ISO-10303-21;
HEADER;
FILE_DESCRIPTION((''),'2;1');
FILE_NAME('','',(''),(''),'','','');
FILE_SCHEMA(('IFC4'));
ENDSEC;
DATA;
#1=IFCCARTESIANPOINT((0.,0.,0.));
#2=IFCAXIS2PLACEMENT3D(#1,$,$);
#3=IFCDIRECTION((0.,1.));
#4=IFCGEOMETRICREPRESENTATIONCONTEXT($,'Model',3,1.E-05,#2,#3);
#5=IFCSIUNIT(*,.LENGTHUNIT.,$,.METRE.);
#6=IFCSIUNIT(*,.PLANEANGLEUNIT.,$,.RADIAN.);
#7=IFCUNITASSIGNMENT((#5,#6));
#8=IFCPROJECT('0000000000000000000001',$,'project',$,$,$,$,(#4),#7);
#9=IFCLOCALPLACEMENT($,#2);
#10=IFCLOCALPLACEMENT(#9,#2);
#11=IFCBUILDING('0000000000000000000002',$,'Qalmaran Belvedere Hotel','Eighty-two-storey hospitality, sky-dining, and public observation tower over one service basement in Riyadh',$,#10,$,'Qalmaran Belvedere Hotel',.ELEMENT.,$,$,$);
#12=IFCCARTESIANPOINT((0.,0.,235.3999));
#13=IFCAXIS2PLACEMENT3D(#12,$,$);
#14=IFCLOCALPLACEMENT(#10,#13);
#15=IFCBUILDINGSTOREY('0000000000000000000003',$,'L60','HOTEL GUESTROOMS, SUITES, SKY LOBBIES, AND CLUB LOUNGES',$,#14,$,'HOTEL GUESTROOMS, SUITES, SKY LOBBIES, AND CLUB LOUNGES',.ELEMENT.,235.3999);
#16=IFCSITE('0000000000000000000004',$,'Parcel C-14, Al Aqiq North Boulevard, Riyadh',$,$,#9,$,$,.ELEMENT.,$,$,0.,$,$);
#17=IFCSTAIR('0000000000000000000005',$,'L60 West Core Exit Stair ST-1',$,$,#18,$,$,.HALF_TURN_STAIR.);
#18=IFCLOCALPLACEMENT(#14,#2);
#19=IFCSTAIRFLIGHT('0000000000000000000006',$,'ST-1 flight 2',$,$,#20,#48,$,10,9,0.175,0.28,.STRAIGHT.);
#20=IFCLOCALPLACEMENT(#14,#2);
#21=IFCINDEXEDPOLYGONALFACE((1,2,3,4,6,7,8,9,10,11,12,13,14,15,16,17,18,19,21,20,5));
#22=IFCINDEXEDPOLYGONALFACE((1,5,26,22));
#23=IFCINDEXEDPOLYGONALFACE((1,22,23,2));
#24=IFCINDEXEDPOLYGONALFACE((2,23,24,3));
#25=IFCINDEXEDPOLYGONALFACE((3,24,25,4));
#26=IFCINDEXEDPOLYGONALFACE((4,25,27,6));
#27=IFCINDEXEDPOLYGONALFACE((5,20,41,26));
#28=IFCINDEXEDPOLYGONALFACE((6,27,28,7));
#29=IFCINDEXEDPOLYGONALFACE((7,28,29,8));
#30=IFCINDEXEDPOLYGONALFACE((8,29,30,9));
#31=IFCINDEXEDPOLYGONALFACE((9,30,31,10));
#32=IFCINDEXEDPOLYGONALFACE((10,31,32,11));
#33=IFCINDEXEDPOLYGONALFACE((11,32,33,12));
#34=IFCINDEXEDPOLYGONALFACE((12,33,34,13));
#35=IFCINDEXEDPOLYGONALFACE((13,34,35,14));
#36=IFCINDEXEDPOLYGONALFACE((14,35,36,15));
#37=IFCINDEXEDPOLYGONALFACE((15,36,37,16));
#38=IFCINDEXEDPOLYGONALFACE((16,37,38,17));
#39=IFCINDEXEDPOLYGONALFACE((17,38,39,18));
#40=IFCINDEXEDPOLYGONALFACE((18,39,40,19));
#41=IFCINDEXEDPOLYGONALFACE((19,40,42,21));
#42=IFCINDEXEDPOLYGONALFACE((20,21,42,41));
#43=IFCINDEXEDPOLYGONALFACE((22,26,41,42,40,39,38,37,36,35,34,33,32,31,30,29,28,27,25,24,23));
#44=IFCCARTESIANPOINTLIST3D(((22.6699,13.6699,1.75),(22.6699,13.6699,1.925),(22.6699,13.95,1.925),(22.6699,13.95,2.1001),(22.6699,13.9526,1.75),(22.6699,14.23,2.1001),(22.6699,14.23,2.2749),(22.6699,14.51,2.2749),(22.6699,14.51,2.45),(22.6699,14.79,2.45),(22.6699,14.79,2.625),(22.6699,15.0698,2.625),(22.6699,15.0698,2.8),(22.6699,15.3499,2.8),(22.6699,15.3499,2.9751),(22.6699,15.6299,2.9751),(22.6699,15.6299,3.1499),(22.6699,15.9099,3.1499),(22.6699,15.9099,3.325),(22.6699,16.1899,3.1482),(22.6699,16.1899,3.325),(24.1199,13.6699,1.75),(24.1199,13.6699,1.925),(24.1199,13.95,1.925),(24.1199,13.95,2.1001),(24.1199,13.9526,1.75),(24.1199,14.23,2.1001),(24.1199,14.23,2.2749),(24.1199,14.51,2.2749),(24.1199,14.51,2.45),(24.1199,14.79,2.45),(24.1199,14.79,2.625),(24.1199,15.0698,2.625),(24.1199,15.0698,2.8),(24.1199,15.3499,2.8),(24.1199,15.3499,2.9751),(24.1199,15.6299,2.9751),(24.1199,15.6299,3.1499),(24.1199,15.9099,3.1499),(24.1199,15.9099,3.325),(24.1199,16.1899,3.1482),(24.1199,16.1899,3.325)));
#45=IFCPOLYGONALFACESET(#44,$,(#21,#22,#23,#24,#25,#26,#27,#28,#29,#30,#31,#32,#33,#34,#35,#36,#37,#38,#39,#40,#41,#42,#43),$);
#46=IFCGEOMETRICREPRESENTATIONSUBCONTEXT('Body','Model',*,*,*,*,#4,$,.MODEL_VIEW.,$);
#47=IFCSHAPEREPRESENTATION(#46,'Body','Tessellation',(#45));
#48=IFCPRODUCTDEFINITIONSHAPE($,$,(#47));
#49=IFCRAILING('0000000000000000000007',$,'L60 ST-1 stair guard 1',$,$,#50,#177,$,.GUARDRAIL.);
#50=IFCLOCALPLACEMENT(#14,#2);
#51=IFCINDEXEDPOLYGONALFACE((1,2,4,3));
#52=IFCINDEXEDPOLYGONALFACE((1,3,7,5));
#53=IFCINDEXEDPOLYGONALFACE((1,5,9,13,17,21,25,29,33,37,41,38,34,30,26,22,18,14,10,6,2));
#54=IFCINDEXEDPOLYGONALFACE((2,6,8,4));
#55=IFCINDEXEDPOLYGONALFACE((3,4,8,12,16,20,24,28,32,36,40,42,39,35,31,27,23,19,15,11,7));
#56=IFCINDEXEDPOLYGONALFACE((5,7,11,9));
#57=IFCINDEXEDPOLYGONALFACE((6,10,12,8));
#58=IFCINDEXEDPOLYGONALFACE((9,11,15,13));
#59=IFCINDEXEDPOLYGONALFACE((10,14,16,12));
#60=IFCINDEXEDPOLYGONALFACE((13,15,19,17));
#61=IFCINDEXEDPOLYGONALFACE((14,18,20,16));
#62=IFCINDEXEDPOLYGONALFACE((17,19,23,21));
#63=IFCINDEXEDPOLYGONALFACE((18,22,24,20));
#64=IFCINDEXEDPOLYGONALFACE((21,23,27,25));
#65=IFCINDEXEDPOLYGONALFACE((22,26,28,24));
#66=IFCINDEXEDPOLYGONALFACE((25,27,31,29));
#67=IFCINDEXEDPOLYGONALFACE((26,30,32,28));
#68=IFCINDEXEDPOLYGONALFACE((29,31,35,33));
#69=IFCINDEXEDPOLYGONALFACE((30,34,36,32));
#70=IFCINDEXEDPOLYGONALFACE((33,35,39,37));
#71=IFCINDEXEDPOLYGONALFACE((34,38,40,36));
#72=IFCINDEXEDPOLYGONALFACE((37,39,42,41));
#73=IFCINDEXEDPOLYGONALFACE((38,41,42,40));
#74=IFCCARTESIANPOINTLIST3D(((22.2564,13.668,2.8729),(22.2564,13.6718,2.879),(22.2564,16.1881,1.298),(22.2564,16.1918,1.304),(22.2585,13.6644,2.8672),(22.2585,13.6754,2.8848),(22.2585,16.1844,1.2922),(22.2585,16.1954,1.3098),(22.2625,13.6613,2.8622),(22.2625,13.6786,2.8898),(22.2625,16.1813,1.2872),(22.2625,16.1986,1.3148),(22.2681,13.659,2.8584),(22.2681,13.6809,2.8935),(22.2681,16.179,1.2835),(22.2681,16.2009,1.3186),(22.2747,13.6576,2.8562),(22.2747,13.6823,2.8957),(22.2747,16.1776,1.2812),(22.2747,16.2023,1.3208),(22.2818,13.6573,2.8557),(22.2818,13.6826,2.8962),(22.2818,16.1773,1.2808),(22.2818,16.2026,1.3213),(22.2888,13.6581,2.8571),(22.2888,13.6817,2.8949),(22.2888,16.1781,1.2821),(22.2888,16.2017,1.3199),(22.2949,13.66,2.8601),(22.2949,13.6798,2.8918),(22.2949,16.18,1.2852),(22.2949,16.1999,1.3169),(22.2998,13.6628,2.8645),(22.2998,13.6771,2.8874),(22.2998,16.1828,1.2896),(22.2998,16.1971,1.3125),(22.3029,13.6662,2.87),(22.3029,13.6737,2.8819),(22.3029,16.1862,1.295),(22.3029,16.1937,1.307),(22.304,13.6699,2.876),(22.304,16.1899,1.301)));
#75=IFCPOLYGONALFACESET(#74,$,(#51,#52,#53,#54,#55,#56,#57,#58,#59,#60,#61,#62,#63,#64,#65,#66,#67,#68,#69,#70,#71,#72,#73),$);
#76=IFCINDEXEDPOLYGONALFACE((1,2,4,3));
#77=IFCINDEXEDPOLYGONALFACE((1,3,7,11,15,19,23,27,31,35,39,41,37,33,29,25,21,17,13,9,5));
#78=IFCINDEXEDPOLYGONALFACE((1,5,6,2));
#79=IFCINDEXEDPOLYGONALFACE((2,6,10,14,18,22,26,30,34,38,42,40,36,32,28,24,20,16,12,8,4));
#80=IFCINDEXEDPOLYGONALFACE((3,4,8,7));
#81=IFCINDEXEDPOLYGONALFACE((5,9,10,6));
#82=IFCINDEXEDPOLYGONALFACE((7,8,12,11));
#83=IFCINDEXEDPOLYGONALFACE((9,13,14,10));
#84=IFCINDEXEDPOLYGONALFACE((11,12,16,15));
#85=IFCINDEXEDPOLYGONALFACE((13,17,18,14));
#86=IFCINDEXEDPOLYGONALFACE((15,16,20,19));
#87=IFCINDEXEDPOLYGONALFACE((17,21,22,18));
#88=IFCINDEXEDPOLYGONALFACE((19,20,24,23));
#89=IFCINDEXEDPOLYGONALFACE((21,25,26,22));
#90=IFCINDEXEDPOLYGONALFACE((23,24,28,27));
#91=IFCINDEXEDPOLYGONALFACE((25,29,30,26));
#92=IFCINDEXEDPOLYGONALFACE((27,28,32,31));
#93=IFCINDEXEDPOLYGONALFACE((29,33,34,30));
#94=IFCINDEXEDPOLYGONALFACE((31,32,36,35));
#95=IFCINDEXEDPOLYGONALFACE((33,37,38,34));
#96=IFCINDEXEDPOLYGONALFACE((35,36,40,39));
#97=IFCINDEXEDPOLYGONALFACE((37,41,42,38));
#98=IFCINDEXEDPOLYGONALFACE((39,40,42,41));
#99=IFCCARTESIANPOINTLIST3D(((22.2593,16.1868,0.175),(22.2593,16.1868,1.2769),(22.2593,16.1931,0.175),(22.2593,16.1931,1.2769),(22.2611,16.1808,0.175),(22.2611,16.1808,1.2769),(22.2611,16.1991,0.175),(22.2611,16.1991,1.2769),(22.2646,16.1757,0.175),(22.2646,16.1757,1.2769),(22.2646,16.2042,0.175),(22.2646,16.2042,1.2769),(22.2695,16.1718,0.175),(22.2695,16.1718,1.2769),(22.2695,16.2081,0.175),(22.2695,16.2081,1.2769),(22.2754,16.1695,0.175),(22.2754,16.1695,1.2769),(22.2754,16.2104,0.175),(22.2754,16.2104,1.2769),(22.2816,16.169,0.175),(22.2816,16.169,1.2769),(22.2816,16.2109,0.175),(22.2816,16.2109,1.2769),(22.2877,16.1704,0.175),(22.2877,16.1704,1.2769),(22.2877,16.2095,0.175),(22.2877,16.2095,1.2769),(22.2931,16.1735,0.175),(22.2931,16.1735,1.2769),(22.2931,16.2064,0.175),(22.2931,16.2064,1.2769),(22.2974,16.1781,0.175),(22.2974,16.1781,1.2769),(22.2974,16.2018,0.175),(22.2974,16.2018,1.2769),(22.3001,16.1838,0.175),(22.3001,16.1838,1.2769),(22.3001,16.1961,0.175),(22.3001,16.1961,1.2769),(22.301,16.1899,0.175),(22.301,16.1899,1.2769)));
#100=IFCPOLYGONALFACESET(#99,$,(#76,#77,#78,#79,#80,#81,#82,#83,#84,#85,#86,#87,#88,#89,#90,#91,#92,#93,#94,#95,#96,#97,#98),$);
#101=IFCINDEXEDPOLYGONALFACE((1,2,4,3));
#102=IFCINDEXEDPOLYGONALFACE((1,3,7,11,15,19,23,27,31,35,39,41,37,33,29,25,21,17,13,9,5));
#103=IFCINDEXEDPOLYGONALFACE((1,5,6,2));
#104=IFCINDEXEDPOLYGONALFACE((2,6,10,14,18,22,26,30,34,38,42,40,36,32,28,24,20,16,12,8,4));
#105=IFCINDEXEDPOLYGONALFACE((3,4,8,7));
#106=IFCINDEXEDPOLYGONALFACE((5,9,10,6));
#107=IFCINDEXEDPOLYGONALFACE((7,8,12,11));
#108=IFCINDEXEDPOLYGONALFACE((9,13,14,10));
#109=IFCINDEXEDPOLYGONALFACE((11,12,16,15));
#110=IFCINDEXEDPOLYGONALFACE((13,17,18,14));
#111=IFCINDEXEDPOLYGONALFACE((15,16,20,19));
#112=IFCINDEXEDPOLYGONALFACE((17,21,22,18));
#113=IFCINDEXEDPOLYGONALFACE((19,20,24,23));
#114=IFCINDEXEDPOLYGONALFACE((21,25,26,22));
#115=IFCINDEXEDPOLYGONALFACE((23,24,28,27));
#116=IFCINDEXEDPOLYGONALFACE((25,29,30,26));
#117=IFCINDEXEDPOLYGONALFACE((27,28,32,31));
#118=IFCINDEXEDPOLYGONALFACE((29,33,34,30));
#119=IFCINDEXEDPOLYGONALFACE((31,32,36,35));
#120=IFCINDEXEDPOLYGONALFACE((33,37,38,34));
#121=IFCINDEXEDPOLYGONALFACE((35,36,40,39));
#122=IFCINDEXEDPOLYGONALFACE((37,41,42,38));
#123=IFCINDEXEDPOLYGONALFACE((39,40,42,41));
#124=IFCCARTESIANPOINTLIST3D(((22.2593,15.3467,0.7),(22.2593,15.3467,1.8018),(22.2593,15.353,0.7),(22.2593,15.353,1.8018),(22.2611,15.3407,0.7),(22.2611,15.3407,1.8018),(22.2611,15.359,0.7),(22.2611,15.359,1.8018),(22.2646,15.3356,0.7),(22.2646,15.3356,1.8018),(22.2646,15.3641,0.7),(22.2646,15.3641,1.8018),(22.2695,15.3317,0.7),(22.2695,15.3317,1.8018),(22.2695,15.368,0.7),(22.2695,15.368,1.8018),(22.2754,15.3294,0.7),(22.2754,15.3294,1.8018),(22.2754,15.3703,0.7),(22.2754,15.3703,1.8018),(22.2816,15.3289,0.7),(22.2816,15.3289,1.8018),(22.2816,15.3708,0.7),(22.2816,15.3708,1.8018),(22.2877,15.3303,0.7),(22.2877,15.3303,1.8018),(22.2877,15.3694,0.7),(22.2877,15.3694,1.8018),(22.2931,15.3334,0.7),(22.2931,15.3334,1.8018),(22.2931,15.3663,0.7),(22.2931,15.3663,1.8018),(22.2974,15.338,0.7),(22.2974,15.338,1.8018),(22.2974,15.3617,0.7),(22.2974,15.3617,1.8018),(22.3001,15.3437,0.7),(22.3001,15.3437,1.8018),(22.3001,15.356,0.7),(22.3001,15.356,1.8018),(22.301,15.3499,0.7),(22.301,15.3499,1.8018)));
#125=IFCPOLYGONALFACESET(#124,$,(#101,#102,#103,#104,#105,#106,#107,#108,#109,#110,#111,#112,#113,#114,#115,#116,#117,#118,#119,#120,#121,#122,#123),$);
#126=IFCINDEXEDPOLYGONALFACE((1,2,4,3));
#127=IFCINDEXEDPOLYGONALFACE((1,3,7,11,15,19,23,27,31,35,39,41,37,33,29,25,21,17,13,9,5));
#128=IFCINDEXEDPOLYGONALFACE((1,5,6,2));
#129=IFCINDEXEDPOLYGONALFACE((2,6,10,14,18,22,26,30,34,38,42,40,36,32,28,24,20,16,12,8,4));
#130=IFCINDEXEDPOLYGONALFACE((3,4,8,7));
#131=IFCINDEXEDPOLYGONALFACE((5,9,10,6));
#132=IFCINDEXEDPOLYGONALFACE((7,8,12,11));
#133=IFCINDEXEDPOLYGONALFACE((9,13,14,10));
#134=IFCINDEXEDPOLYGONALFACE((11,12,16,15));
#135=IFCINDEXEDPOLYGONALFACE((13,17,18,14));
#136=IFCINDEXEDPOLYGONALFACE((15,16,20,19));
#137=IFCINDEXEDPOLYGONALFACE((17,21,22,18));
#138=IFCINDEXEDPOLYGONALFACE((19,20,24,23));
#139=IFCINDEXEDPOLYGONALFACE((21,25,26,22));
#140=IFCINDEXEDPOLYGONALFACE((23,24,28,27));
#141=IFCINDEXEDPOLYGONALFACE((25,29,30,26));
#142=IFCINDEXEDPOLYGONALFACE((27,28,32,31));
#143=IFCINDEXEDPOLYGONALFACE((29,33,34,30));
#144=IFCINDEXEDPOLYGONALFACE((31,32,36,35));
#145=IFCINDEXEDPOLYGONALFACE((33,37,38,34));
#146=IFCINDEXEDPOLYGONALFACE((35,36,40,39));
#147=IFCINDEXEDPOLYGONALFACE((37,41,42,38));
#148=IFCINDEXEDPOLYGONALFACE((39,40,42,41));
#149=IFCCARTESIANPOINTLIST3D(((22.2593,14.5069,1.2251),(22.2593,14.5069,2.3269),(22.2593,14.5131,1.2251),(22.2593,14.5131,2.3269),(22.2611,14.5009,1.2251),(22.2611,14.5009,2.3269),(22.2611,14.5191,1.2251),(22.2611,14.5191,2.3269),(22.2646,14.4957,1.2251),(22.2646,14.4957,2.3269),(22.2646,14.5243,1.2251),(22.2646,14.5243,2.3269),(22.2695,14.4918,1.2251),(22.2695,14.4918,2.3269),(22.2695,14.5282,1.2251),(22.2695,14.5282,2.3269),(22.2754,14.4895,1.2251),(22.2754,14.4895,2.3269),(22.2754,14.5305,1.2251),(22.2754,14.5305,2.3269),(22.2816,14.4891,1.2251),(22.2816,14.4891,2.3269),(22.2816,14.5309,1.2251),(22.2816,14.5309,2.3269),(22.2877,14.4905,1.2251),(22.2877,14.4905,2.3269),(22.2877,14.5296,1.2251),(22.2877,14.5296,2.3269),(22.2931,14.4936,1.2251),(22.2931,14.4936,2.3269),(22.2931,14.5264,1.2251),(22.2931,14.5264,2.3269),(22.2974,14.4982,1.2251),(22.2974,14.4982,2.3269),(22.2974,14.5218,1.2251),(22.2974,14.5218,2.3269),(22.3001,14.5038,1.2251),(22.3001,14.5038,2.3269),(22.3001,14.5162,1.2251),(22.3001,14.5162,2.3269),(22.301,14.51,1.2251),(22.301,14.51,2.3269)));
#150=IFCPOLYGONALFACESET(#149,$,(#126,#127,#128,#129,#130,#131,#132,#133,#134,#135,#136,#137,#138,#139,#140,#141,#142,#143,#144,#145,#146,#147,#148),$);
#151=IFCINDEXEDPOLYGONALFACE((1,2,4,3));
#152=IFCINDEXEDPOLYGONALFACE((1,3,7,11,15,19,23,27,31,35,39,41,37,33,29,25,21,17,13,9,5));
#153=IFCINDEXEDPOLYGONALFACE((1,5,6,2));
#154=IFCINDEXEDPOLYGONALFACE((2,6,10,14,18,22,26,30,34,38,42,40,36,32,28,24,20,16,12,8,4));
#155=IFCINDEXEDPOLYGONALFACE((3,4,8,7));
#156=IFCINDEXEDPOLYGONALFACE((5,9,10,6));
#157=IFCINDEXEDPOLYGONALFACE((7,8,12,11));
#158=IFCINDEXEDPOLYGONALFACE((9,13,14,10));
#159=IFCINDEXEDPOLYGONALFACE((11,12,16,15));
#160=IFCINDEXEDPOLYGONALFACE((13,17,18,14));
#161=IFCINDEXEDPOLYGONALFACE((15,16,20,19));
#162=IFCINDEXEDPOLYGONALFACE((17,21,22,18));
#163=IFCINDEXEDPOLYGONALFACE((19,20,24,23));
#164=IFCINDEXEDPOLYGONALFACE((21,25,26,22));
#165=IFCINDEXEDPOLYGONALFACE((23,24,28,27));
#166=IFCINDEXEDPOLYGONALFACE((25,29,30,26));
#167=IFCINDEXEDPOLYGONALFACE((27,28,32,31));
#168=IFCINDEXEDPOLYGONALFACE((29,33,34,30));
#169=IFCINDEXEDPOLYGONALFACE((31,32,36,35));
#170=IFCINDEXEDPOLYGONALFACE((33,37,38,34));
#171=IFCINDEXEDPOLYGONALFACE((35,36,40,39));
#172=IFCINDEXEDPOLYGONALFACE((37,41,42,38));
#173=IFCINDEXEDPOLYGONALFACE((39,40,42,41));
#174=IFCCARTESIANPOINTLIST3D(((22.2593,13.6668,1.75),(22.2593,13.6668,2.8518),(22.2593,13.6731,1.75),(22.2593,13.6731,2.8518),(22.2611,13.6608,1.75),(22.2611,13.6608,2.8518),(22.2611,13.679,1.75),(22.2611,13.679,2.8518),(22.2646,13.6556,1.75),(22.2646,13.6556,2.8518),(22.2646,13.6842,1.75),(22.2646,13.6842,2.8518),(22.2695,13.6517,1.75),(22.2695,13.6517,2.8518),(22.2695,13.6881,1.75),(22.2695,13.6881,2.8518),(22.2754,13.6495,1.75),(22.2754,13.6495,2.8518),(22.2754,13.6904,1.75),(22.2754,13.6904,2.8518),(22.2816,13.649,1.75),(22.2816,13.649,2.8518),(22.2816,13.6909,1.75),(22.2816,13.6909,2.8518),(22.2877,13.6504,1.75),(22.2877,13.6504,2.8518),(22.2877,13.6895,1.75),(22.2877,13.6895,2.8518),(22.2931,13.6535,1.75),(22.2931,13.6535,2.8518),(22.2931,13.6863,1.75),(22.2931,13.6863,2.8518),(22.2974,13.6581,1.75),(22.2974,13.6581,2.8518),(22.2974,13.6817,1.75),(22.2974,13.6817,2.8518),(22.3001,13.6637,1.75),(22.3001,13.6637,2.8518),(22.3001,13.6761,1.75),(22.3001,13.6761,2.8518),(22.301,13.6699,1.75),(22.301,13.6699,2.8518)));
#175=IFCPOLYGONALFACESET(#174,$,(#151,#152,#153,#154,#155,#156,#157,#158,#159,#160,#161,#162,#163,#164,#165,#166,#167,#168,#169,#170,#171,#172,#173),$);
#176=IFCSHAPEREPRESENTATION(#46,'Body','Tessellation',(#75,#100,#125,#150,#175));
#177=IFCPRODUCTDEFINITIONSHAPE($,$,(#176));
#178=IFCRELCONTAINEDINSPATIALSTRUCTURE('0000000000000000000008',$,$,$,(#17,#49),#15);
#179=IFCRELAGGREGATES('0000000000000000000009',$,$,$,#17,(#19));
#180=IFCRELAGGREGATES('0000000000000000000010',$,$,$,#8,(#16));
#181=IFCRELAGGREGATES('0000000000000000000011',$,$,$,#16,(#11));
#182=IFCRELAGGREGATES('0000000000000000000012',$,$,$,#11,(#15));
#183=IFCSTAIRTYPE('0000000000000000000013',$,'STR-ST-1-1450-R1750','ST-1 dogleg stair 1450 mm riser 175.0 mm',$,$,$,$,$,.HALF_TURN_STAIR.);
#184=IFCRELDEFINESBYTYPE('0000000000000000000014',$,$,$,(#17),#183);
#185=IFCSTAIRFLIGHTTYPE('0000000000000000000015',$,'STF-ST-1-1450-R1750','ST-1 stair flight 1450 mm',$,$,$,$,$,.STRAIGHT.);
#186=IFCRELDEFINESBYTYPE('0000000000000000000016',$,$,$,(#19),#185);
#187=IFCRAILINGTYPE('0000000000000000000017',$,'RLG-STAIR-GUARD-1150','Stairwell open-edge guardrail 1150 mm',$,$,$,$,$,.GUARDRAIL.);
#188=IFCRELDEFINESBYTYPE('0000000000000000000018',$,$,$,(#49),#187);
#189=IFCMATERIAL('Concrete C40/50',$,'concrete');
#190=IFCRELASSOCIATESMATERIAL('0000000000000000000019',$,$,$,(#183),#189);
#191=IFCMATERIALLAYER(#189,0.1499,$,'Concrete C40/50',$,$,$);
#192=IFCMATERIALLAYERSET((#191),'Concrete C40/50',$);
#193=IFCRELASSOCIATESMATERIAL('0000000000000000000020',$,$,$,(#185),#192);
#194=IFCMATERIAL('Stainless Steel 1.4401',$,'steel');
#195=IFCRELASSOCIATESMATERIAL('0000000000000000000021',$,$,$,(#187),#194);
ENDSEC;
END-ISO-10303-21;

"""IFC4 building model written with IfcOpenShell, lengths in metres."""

from ifc_helpers import new_model, si_unit, direction, frame, origin, origin_2d, place, context, subcontext, project, spatial, polyline, circle, outline, extrude, material, layer, layer_set, type_object, element, aggregate, save


model = new_model("IFC4")

# Units and contexts
model_context = context("Model", 3, precision=1e-05, world=origin(), true_north=direction((0.0, 1.0)))
body_context = subcontext(model_context, "Body", "Model", "MODEL_VIEW")
ifc_project = project(units=[si_unit("LENGTHUNIT", "METRE"), si_unit("PLANEANGLEUNIT", "RADIAN")], contexts=[model_context])

# Site, building, storey
site_placement = place(None, origin())
site = spatial("IfcSite", under=ifc_project, at=site_placement, Name="Parcel C-14, Al Aqiq North Boulevard, Riyadh", CompositionType="ELEMENT", RefElevation=0.0)
building_placement = place(site_placement, origin())
building = spatial("IfcBuilding", under=site, at=building_placement, Name="Qalmaran Belvedere Hotel", Description="Eighty-two-storey hospitality, sky-dining, and public observation tower over one service basement in Riyadh", LongName="Qalmaran Belvedere Hotel", CompositionType="ELEMENT")
storey_placement = place(building_placement, frame((0.0, 0.0, 235.3999)))
storey = spatial("IfcBuildingStorey", under=building, at=storey_placement, Name="L60", Description="HOTEL GUESTROOMS, SUITES, SKY LOBBIES, AND CLUB LOUNGES", LongName="HOTEL GUESTROOMS, SUITES, SKY LOBBIES, AND CLUB LOUNGES", CompositionType="ELEMENT", Elevation=235.3999)

# Shared definitions
ifc_material_1 = material(Name="Stainless Steel 1.4401", Category="steel")

# Stair, stair flight
ifc_material_2 = material(Name="Concrete C40/50", Category="concrete")
stair_type = type_object("IfcStairType", Name="STR-ST-1-1450-R1750", Description="ST-1 dogleg stair 1450 mm riser 175.0 mm", PredefinedType="HALF_TURN_STAIR", material=ifc_material_2)
stair_placement = place(storey_placement, origin())
stair = element("IfcStair", 1, at=stair_placement, inside=storey, type_object=stair_type, Name="L60 West Core Exit Stair ST-1", PredefinedType="HALF_TURN_STAIR")
ifc_layer_1 = layer(ifc_material_2, 0.1499, Name="Concrete C40/50")
ifc_layer_set_1 = layer_set([ifc_layer_1], Name="Concrete C40/50")
stair_flight_type = type_object("IfcStairFlightType", Name="STF-ST-1-1450-R1750", Description="ST-1 stair flight 1450 mm", PredefinedType="STRAIGHT", material=ifc_layer_set_1)
stair_flight_1_placement = place(storey_placement, frame((23.395, 13.6699, 1.75), z_axis=(0.0, 0.0, 1.0), x_axis=(0.0, 1.0, 0.0)))
stair_flight_1 = element("IfcStairFlight", 2, at=stair_flight_1_placement, type_object=stair_flight_type, Name="ST-1 flight 2", NumberOfRisers=10, NumberOfTreads=9, PredefinedType="STRAIGHT", RiserHeight=0.175, TreadLength=0.28, context=body_context, shape_type="SweptSolid", body=[
    extrude(outline(polyline([(0.0, 0.0), (0.0, 0.175), (0.28, 0.175), (0.28, 0.3501), (0.5601, 0.3501), (0.5601, 0.5249), (0.8401, 0.5249), (0.8401, 0.7), (1.1201, 0.7), (1.1201, 0.875), (1.3999, 0.875), (1.3999, 1.05), (1.6799, 1.05), (1.6799, 1.2251), (1.96, 1.2251), (1.96, 1.3999), (2.24, 1.3999), (2.24, 1.575), (2.52, 1.575), (2.52, 1.75), (2.52, 1.3982), (0.2827, 0.0), (0.0, 0.0)])), frame((0.0, 0.7251, 0.0), z_axis=(0.0, -1.0, 0.0), x_axis=(1.0, 0.0, 0.0)), (0.0, 0.0, 1.0), 1.45),
])
aggregate(stair, [stair_flight_1])

# Railing
railing_type_1 = type_object("IfcRailingType", Name="RLG-STAIR-GUARD-1150", Description="Stairwell open-edge guardrail 1150 mm", PredefinedType="GUARDRAIL", material=ifc_material_1)
railing_1_placement = place(storey_placement, frame((22.28, 16.1899, 0.175)))
element("IfcRailing", 3, at=railing_1_placement, inside=storey, type_object=railing_type_1, Name="L60 ST-1 stair guard 1", PredefinedType="GUARDRAIL", context=body_context, shape_type="SweptSolid", body=[
    extrude(circle(Radius=0.0239, at=origin_2d()), frame((0.0, 0.0, 1.126), z_axis=(0.0, -0.848008, 0.529984), x_axis=(1.0, 0.0, 0.0)), (0.0, 0.0, 1.0), 2.9717),
    extrude(circle(Radius=0.021, at=origin_2d()), origin(), (0.0, 0.0, 1.0), 1.1018),
    extrude(circle(Radius=0.021, at=origin_2d()), frame((0.0, -0.8401, 0.5249)), (0.0, 0.0, 1.0), 1.1018),
    extrude(circle(Radius=0.021, at=origin_2d()), frame((0.0, -1.6799, 1.05)), (0.0, 0.0, 1.0), 1.1018),
    extrude(circle(Radius=0.021, at=origin_2d()), frame((0.0, -2.52, 1.575)), (0.0, 0.0, 1.0), 1.1018),
])

save(model, "model.ifc")
